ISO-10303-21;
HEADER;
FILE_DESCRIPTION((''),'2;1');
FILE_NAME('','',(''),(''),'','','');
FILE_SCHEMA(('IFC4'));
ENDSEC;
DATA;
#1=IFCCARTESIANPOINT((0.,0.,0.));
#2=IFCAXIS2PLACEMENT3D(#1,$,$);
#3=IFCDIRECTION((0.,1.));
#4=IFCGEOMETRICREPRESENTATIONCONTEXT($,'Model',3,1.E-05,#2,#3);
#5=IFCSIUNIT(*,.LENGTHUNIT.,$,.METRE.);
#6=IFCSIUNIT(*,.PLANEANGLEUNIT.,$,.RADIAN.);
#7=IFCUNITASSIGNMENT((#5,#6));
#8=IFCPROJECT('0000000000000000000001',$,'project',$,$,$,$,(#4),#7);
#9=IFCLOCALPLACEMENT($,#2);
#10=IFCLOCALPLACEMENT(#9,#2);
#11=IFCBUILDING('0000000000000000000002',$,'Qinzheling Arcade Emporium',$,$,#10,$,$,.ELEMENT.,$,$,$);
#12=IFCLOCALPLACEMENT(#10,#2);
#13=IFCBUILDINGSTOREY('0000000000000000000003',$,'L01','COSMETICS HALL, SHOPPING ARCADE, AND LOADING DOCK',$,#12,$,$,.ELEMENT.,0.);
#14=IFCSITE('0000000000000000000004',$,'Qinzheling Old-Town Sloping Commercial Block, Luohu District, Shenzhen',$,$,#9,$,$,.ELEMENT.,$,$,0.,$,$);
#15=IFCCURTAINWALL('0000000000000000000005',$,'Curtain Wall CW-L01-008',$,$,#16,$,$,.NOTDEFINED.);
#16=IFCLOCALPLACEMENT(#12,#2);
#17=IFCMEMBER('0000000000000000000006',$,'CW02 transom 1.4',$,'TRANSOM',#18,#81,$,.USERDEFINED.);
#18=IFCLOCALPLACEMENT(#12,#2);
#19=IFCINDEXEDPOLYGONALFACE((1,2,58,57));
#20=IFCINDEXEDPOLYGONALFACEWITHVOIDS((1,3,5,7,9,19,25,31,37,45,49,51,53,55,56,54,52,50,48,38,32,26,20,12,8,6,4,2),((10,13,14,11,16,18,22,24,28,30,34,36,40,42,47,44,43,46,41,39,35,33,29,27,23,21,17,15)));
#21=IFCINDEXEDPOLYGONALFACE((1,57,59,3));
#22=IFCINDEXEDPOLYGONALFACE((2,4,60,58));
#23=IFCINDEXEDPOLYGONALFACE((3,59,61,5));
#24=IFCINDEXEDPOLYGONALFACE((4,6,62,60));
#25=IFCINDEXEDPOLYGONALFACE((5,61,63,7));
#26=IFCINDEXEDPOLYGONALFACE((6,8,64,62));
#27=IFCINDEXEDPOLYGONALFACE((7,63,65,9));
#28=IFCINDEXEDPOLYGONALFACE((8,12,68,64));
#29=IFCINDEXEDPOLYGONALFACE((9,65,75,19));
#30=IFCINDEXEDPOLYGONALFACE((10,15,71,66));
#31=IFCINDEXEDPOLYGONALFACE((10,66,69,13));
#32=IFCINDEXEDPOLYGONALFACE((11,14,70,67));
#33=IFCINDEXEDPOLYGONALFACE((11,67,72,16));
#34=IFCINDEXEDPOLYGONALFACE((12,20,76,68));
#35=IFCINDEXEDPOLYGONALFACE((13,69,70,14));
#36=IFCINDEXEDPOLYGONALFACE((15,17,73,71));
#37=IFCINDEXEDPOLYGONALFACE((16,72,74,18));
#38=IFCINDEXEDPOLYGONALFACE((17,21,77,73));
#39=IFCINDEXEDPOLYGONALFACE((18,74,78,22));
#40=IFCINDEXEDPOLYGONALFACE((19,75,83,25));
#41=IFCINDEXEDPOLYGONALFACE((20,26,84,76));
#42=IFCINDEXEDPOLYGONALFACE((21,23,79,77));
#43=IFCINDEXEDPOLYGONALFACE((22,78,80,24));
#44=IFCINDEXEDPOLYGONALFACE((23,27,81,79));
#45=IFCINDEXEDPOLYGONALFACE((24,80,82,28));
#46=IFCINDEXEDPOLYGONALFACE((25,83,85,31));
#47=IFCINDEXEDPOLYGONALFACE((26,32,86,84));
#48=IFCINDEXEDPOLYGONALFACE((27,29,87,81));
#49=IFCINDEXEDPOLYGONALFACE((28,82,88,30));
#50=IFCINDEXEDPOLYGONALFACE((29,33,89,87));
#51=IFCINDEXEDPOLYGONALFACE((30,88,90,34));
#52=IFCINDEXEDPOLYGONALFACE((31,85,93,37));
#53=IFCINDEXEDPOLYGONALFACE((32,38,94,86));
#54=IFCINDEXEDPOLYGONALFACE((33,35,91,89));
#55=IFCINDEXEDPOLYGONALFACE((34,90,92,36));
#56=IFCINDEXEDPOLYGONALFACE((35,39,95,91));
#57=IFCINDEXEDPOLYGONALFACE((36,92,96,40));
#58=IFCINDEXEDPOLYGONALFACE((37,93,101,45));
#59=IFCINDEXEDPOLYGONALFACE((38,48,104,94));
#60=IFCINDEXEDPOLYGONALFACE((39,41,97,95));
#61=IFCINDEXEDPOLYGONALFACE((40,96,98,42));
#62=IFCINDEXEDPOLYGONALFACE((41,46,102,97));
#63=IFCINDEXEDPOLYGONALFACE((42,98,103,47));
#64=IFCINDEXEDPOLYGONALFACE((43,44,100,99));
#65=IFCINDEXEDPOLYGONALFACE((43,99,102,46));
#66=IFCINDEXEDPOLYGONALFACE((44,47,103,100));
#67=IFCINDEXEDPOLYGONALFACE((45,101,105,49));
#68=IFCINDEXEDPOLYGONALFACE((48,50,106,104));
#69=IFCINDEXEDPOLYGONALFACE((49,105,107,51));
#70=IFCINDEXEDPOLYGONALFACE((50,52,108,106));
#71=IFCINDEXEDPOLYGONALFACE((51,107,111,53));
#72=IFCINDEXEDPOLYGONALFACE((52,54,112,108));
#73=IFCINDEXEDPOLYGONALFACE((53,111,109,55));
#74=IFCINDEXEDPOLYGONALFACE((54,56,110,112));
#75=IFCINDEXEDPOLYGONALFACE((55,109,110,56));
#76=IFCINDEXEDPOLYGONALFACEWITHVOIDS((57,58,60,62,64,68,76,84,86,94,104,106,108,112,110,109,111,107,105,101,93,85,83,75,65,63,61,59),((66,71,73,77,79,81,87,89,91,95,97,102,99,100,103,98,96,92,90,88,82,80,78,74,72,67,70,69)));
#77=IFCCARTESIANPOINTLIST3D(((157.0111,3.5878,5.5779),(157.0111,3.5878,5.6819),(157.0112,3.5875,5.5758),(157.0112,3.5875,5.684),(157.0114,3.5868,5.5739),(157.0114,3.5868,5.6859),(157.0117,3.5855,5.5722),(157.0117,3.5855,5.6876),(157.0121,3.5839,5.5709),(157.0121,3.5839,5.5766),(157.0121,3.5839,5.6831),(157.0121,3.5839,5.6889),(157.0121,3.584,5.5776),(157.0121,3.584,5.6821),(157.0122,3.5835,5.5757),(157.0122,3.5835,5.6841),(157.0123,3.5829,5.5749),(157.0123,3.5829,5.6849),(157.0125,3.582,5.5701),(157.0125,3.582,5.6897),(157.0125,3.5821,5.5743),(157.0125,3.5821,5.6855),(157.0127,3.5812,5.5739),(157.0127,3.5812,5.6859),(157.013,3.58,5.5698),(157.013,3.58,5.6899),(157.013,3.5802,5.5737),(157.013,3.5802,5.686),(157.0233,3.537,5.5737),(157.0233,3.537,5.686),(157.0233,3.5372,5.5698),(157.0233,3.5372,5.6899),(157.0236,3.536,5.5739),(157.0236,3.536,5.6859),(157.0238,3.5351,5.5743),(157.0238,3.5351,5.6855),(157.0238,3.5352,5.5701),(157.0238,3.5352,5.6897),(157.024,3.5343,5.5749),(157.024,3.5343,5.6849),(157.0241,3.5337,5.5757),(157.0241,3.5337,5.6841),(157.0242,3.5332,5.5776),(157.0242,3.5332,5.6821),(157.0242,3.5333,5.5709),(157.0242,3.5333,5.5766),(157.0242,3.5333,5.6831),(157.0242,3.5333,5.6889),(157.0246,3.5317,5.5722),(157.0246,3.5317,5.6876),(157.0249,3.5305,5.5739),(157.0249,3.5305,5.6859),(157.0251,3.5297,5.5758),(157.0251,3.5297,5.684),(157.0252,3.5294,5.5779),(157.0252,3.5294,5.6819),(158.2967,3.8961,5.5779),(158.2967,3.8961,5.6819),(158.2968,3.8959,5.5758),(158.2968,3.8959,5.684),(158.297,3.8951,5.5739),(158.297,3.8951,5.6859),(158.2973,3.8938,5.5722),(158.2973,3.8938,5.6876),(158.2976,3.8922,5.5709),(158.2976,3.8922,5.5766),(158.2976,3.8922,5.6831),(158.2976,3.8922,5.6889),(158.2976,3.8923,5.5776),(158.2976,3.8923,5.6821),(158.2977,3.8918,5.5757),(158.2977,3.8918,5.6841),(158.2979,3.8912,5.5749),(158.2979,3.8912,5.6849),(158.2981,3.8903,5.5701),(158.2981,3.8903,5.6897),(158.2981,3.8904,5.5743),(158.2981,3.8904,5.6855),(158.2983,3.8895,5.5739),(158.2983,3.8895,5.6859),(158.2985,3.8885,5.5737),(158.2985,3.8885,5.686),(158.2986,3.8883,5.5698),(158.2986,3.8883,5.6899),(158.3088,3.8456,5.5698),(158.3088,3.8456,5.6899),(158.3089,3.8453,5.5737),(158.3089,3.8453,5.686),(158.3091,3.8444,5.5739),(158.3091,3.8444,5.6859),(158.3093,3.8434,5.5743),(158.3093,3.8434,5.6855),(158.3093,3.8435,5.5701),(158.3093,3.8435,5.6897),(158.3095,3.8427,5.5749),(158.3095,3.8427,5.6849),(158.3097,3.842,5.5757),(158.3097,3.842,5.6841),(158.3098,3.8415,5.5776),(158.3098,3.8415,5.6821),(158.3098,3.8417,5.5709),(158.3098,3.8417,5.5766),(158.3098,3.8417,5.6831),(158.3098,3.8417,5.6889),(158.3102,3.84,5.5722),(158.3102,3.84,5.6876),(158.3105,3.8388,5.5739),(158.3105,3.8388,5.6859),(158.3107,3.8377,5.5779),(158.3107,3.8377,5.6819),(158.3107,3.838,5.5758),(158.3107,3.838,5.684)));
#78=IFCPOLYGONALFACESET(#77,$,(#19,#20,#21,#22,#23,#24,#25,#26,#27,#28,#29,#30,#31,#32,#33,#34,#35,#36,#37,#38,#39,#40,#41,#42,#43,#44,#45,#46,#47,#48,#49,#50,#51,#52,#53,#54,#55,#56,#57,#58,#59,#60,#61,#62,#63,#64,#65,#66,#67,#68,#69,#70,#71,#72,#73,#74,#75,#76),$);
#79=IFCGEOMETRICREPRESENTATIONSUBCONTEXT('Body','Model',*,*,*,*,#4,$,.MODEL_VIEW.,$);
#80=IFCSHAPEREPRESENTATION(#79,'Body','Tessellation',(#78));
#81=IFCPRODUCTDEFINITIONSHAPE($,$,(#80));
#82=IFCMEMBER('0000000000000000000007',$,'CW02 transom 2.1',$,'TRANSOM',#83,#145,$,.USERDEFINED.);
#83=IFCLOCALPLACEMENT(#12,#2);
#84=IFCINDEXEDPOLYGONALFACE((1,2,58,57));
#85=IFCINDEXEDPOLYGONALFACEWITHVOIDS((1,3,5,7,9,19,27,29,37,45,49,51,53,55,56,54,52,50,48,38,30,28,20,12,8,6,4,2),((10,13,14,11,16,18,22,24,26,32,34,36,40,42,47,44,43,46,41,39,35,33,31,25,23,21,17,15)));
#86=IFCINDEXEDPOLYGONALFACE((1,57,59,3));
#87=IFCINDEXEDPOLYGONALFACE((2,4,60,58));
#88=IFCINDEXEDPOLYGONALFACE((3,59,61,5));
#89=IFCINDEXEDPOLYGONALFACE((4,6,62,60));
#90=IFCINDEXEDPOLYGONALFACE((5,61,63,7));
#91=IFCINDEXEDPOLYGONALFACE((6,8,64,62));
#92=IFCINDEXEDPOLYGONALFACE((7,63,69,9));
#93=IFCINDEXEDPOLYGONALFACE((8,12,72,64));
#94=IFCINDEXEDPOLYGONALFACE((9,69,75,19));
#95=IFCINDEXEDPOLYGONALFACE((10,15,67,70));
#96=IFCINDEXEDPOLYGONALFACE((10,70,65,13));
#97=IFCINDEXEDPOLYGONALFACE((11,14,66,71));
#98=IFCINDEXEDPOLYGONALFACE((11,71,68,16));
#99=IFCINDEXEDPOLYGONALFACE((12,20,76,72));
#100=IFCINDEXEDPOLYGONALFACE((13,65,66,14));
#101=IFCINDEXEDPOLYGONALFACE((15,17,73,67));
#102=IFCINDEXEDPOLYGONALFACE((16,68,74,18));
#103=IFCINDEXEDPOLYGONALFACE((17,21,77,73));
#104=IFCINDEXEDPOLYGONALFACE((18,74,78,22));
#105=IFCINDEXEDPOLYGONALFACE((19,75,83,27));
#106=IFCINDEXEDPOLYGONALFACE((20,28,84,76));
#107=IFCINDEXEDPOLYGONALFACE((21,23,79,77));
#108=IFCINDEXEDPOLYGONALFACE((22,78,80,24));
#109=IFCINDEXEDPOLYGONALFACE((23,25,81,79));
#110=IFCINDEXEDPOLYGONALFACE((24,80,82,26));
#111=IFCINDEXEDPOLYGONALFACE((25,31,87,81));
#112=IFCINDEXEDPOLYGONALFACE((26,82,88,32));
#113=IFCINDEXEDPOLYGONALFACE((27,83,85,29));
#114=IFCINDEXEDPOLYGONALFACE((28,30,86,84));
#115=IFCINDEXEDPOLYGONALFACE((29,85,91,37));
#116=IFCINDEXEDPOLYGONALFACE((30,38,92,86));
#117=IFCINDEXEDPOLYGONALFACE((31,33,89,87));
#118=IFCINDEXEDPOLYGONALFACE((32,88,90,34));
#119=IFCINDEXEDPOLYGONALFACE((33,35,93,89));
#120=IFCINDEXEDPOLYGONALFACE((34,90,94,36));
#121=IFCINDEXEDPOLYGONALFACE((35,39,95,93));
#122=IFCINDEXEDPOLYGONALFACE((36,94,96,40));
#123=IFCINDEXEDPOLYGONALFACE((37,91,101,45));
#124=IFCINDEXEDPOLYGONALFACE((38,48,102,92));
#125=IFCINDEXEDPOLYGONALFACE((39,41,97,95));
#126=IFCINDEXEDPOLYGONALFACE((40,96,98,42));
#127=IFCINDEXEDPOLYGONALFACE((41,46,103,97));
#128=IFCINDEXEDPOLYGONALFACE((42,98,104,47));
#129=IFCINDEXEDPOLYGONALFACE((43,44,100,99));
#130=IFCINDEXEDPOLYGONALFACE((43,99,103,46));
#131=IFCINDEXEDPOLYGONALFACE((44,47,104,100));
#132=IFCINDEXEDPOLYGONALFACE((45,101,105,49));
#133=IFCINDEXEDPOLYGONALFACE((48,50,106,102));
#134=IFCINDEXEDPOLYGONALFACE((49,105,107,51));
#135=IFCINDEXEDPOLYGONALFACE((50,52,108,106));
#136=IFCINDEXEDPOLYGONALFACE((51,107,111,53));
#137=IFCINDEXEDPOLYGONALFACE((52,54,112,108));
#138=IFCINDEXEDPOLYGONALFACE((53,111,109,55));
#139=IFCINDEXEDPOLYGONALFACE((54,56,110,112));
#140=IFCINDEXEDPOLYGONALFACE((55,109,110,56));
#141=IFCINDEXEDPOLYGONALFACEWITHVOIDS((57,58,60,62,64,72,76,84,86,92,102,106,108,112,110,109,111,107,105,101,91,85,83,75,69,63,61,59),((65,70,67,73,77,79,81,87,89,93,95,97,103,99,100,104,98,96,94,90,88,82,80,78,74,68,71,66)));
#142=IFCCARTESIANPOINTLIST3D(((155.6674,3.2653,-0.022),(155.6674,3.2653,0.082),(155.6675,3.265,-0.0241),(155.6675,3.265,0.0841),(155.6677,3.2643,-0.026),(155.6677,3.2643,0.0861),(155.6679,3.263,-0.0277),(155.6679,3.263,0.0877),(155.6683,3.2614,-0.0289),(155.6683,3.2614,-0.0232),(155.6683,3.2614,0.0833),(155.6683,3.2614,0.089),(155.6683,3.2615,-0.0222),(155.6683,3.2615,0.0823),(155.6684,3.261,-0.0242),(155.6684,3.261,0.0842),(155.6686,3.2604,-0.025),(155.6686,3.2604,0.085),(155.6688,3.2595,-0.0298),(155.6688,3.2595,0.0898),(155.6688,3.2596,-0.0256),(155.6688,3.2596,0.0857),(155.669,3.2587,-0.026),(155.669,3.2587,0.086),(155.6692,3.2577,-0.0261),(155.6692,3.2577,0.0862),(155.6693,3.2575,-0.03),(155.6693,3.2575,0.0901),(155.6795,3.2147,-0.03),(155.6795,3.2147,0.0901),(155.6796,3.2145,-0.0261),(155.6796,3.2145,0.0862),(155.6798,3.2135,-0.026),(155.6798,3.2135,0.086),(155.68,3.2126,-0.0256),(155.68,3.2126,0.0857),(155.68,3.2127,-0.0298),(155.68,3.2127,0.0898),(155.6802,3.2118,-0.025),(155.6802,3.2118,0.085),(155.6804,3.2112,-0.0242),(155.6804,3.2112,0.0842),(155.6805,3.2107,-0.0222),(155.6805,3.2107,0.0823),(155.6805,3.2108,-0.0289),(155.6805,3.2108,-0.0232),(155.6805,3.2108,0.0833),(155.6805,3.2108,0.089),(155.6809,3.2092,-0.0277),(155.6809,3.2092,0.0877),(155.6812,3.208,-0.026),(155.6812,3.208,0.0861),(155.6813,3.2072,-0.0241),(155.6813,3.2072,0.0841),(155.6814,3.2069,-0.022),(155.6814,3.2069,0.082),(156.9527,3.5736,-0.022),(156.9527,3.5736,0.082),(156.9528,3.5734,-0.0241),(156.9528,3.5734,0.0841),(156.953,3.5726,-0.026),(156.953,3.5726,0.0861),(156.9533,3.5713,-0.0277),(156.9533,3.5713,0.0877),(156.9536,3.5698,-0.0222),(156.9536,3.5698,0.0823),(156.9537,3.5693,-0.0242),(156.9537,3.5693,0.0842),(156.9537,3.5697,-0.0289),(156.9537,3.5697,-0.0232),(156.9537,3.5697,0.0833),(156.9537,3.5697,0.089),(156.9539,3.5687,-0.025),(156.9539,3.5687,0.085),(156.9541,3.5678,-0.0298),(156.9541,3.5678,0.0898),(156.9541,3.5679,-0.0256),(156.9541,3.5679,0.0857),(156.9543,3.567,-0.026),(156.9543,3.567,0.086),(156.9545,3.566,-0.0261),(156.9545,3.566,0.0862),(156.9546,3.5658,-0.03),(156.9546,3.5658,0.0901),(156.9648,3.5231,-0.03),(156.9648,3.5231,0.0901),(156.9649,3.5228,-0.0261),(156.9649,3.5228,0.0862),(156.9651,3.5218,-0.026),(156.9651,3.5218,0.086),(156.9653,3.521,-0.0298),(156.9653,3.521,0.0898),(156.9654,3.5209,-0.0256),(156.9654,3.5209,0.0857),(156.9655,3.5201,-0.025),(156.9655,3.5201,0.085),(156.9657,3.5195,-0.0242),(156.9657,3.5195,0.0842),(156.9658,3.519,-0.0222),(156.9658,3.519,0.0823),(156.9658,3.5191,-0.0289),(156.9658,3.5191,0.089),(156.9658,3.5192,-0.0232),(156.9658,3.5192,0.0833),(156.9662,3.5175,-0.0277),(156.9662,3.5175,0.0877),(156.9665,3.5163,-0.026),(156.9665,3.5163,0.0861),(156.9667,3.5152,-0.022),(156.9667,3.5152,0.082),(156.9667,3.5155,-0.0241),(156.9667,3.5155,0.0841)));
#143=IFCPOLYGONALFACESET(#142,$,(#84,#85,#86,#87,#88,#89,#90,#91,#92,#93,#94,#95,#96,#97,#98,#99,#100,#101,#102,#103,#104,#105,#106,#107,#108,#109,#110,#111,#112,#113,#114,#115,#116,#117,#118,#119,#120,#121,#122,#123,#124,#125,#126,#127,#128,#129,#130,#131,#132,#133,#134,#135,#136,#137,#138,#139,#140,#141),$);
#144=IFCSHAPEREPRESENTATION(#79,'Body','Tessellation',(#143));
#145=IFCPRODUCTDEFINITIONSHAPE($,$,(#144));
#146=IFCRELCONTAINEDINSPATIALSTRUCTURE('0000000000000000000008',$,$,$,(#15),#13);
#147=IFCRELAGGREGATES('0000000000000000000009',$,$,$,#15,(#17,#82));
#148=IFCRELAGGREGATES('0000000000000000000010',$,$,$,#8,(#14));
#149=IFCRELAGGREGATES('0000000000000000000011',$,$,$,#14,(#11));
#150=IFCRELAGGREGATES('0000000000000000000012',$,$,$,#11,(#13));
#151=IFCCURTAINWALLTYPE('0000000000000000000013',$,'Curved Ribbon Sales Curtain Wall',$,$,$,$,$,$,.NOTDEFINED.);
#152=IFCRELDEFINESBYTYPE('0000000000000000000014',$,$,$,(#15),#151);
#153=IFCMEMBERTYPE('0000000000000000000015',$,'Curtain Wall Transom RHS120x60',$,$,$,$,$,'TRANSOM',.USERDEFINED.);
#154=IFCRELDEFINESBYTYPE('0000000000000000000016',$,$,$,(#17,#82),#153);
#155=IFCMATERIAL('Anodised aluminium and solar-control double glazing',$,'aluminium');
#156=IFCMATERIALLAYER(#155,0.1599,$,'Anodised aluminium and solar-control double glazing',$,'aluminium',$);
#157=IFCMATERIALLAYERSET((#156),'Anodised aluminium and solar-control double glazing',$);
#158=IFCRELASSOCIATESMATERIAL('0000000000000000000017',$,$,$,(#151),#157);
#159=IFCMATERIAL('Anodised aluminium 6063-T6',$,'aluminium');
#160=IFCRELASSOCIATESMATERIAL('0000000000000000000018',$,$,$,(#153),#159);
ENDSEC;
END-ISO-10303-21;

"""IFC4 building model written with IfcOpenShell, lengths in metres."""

from ifc_helpers import new_model, si_unit, direction, frame, origin, origin_2d, place, context, subcontext, project, spatial, hollow_rectangle, extrude, material, layer, layer_set, material_profile, profile_set, type_object, element, aggregate, save


model = new_model("IFC4")

# Units and contexts
model_context = context("Model", 3, precision=1e-05, world=origin(), true_north=direction((0.0, 1.0)))
body_context = subcontext(model_context, "Body", "Model", "MODEL_VIEW")
ifc_project = project(units=[si_unit("LENGTHUNIT", "METRE"), si_unit("PLANEANGLEUNIT", "RADIAN")], contexts=[model_context])

# Site, building, storey
site_placement = place(None, origin())
site = spatial("IfcSite", under=ifc_project, at=site_placement, Name="Qinzheling Old-Town Sloping Commercial Block, Luohu District, Shenzhen", CompositionType="ELEMENT", RefElevation=0.0)
building_placement = place(site_placement, origin())
building = spatial("IfcBuilding", under=site, at=building_placement, Name="Qinzheling Arcade Emporium", CompositionType="ELEMENT")
storey_placement = place(building_placement, origin())
storey = spatial("IfcBuildingStorey", under=building, at=storey_placement, Name="L01", Description="COSMETICS HALL, SHOPPING ARCADE, AND LOADING DOCK", CompositionType="ELEMENT", Elevation=0.0)

# Curtain wall
ifc_material_1 = material(Name="Anodised aluminium and solar-control double glazing", Category="aluminium")
ifc_layer_1 = layer(ifc_material_1, 0.1599, Name="Anodised aluminium and solar-control double glazing", Category="aluminium")
ifc_layer_set_1 = layer_set([ifc_layer_1], Name="Anodised aluminium and solar-control double glazing")
curtain_wall_type = type_object("IfcCurtainWallType", Name="Curved Ribbon Sales Curtain Wall", PredefinedType="NOTDEFINED", material=ifc_layer_set_1)
ifc_material_2 = material(Name="Anodised aluminium 6063-T6", Category="aluminium")
curtain_wall_1_placement = place(storey_placement, origin())
curtain_wall_1 = element("IfcCurtainWall", 1, at=curtain_wall_1_placement, inside=storey, type_object=curtain_wall_type, Name="Curtain Wall CW-L01-008", PredefinedType="NOTDEFINED")

# Members
ifc_material_profile_1 = material_profile(ifc_material_2, hollow_rectangle(XDim=0.0601, YDim=0.1201, WallThickness=0.0039, InnerFilletRadius=0.0039, OuterFilletRadius=0.0081, at=origin_2d()), Name="RHS 120x60x4", Category="aluminium")
ifc_profile_set_1 = profile_set([ifc_material_profile_1], Name="Anodised aluminium 6063-T6")
member_type_1 = type_object("IfcMemberType", Name="Curtain Wall Transom RHS120x60", ElementType="TRANSOM", PredefinedType="USERDEFINED", material=ifc_profile_set_1)
member_1_placement = place(storey_placement, frame((158.3037, 3.8669, 5.6299), z_axis=(-0.972422, -0.233226, 0.0), x_axis=(0.233226, -0.972422, 0.0)))
member_1 = element("IfcMember", 2, at=member_1_placement, type_object=member_type_1, Name="CW02 transom 1.4", ObjectType="TRANSOM", PredefinedType="USERDEFINED", context=body_context, shape_type="SweptSolid", body=[
    extrude(hollow_rectangle(XDim=0.0601, YDim=0.1201, WallThickness=0.0039, InnerFilletRadius=0.0039, OuterFilletRadius=0.0081, at=origin_2d()), origin(), (0.0, 0.0, 1.0), 1.322),
])
member_2_placement = place(storey_placement, frame((156.9597, 3.5444, 0.03), z_axis=(-0.972412, -0.233268, 0.0), x_axis=(0.233268, -0.972412, 0.0)))
member_2 = element("IfcMember", 3, at=member_2_placement, type_object=member_type_1, Name="CW02 transom 2.1", ObjectType="TRANSOM", PredefinedType="USERDEFINED", context=body_context, shape_type="SweptSolid", body=[
    extrude(hollow_rectangle(XDim=0.0601, YDim=0.1201, WallThickness=0.0039, InnerFilletRadius=0.0039, OuterFilletRadius=0.0081, at=origin_2d()), origin(), (0.0, 0.0, 1.0), 1.3218),
])

aggregate(curtain_wall_1, [member_1, member_2])

save(model, "model.ifc")
